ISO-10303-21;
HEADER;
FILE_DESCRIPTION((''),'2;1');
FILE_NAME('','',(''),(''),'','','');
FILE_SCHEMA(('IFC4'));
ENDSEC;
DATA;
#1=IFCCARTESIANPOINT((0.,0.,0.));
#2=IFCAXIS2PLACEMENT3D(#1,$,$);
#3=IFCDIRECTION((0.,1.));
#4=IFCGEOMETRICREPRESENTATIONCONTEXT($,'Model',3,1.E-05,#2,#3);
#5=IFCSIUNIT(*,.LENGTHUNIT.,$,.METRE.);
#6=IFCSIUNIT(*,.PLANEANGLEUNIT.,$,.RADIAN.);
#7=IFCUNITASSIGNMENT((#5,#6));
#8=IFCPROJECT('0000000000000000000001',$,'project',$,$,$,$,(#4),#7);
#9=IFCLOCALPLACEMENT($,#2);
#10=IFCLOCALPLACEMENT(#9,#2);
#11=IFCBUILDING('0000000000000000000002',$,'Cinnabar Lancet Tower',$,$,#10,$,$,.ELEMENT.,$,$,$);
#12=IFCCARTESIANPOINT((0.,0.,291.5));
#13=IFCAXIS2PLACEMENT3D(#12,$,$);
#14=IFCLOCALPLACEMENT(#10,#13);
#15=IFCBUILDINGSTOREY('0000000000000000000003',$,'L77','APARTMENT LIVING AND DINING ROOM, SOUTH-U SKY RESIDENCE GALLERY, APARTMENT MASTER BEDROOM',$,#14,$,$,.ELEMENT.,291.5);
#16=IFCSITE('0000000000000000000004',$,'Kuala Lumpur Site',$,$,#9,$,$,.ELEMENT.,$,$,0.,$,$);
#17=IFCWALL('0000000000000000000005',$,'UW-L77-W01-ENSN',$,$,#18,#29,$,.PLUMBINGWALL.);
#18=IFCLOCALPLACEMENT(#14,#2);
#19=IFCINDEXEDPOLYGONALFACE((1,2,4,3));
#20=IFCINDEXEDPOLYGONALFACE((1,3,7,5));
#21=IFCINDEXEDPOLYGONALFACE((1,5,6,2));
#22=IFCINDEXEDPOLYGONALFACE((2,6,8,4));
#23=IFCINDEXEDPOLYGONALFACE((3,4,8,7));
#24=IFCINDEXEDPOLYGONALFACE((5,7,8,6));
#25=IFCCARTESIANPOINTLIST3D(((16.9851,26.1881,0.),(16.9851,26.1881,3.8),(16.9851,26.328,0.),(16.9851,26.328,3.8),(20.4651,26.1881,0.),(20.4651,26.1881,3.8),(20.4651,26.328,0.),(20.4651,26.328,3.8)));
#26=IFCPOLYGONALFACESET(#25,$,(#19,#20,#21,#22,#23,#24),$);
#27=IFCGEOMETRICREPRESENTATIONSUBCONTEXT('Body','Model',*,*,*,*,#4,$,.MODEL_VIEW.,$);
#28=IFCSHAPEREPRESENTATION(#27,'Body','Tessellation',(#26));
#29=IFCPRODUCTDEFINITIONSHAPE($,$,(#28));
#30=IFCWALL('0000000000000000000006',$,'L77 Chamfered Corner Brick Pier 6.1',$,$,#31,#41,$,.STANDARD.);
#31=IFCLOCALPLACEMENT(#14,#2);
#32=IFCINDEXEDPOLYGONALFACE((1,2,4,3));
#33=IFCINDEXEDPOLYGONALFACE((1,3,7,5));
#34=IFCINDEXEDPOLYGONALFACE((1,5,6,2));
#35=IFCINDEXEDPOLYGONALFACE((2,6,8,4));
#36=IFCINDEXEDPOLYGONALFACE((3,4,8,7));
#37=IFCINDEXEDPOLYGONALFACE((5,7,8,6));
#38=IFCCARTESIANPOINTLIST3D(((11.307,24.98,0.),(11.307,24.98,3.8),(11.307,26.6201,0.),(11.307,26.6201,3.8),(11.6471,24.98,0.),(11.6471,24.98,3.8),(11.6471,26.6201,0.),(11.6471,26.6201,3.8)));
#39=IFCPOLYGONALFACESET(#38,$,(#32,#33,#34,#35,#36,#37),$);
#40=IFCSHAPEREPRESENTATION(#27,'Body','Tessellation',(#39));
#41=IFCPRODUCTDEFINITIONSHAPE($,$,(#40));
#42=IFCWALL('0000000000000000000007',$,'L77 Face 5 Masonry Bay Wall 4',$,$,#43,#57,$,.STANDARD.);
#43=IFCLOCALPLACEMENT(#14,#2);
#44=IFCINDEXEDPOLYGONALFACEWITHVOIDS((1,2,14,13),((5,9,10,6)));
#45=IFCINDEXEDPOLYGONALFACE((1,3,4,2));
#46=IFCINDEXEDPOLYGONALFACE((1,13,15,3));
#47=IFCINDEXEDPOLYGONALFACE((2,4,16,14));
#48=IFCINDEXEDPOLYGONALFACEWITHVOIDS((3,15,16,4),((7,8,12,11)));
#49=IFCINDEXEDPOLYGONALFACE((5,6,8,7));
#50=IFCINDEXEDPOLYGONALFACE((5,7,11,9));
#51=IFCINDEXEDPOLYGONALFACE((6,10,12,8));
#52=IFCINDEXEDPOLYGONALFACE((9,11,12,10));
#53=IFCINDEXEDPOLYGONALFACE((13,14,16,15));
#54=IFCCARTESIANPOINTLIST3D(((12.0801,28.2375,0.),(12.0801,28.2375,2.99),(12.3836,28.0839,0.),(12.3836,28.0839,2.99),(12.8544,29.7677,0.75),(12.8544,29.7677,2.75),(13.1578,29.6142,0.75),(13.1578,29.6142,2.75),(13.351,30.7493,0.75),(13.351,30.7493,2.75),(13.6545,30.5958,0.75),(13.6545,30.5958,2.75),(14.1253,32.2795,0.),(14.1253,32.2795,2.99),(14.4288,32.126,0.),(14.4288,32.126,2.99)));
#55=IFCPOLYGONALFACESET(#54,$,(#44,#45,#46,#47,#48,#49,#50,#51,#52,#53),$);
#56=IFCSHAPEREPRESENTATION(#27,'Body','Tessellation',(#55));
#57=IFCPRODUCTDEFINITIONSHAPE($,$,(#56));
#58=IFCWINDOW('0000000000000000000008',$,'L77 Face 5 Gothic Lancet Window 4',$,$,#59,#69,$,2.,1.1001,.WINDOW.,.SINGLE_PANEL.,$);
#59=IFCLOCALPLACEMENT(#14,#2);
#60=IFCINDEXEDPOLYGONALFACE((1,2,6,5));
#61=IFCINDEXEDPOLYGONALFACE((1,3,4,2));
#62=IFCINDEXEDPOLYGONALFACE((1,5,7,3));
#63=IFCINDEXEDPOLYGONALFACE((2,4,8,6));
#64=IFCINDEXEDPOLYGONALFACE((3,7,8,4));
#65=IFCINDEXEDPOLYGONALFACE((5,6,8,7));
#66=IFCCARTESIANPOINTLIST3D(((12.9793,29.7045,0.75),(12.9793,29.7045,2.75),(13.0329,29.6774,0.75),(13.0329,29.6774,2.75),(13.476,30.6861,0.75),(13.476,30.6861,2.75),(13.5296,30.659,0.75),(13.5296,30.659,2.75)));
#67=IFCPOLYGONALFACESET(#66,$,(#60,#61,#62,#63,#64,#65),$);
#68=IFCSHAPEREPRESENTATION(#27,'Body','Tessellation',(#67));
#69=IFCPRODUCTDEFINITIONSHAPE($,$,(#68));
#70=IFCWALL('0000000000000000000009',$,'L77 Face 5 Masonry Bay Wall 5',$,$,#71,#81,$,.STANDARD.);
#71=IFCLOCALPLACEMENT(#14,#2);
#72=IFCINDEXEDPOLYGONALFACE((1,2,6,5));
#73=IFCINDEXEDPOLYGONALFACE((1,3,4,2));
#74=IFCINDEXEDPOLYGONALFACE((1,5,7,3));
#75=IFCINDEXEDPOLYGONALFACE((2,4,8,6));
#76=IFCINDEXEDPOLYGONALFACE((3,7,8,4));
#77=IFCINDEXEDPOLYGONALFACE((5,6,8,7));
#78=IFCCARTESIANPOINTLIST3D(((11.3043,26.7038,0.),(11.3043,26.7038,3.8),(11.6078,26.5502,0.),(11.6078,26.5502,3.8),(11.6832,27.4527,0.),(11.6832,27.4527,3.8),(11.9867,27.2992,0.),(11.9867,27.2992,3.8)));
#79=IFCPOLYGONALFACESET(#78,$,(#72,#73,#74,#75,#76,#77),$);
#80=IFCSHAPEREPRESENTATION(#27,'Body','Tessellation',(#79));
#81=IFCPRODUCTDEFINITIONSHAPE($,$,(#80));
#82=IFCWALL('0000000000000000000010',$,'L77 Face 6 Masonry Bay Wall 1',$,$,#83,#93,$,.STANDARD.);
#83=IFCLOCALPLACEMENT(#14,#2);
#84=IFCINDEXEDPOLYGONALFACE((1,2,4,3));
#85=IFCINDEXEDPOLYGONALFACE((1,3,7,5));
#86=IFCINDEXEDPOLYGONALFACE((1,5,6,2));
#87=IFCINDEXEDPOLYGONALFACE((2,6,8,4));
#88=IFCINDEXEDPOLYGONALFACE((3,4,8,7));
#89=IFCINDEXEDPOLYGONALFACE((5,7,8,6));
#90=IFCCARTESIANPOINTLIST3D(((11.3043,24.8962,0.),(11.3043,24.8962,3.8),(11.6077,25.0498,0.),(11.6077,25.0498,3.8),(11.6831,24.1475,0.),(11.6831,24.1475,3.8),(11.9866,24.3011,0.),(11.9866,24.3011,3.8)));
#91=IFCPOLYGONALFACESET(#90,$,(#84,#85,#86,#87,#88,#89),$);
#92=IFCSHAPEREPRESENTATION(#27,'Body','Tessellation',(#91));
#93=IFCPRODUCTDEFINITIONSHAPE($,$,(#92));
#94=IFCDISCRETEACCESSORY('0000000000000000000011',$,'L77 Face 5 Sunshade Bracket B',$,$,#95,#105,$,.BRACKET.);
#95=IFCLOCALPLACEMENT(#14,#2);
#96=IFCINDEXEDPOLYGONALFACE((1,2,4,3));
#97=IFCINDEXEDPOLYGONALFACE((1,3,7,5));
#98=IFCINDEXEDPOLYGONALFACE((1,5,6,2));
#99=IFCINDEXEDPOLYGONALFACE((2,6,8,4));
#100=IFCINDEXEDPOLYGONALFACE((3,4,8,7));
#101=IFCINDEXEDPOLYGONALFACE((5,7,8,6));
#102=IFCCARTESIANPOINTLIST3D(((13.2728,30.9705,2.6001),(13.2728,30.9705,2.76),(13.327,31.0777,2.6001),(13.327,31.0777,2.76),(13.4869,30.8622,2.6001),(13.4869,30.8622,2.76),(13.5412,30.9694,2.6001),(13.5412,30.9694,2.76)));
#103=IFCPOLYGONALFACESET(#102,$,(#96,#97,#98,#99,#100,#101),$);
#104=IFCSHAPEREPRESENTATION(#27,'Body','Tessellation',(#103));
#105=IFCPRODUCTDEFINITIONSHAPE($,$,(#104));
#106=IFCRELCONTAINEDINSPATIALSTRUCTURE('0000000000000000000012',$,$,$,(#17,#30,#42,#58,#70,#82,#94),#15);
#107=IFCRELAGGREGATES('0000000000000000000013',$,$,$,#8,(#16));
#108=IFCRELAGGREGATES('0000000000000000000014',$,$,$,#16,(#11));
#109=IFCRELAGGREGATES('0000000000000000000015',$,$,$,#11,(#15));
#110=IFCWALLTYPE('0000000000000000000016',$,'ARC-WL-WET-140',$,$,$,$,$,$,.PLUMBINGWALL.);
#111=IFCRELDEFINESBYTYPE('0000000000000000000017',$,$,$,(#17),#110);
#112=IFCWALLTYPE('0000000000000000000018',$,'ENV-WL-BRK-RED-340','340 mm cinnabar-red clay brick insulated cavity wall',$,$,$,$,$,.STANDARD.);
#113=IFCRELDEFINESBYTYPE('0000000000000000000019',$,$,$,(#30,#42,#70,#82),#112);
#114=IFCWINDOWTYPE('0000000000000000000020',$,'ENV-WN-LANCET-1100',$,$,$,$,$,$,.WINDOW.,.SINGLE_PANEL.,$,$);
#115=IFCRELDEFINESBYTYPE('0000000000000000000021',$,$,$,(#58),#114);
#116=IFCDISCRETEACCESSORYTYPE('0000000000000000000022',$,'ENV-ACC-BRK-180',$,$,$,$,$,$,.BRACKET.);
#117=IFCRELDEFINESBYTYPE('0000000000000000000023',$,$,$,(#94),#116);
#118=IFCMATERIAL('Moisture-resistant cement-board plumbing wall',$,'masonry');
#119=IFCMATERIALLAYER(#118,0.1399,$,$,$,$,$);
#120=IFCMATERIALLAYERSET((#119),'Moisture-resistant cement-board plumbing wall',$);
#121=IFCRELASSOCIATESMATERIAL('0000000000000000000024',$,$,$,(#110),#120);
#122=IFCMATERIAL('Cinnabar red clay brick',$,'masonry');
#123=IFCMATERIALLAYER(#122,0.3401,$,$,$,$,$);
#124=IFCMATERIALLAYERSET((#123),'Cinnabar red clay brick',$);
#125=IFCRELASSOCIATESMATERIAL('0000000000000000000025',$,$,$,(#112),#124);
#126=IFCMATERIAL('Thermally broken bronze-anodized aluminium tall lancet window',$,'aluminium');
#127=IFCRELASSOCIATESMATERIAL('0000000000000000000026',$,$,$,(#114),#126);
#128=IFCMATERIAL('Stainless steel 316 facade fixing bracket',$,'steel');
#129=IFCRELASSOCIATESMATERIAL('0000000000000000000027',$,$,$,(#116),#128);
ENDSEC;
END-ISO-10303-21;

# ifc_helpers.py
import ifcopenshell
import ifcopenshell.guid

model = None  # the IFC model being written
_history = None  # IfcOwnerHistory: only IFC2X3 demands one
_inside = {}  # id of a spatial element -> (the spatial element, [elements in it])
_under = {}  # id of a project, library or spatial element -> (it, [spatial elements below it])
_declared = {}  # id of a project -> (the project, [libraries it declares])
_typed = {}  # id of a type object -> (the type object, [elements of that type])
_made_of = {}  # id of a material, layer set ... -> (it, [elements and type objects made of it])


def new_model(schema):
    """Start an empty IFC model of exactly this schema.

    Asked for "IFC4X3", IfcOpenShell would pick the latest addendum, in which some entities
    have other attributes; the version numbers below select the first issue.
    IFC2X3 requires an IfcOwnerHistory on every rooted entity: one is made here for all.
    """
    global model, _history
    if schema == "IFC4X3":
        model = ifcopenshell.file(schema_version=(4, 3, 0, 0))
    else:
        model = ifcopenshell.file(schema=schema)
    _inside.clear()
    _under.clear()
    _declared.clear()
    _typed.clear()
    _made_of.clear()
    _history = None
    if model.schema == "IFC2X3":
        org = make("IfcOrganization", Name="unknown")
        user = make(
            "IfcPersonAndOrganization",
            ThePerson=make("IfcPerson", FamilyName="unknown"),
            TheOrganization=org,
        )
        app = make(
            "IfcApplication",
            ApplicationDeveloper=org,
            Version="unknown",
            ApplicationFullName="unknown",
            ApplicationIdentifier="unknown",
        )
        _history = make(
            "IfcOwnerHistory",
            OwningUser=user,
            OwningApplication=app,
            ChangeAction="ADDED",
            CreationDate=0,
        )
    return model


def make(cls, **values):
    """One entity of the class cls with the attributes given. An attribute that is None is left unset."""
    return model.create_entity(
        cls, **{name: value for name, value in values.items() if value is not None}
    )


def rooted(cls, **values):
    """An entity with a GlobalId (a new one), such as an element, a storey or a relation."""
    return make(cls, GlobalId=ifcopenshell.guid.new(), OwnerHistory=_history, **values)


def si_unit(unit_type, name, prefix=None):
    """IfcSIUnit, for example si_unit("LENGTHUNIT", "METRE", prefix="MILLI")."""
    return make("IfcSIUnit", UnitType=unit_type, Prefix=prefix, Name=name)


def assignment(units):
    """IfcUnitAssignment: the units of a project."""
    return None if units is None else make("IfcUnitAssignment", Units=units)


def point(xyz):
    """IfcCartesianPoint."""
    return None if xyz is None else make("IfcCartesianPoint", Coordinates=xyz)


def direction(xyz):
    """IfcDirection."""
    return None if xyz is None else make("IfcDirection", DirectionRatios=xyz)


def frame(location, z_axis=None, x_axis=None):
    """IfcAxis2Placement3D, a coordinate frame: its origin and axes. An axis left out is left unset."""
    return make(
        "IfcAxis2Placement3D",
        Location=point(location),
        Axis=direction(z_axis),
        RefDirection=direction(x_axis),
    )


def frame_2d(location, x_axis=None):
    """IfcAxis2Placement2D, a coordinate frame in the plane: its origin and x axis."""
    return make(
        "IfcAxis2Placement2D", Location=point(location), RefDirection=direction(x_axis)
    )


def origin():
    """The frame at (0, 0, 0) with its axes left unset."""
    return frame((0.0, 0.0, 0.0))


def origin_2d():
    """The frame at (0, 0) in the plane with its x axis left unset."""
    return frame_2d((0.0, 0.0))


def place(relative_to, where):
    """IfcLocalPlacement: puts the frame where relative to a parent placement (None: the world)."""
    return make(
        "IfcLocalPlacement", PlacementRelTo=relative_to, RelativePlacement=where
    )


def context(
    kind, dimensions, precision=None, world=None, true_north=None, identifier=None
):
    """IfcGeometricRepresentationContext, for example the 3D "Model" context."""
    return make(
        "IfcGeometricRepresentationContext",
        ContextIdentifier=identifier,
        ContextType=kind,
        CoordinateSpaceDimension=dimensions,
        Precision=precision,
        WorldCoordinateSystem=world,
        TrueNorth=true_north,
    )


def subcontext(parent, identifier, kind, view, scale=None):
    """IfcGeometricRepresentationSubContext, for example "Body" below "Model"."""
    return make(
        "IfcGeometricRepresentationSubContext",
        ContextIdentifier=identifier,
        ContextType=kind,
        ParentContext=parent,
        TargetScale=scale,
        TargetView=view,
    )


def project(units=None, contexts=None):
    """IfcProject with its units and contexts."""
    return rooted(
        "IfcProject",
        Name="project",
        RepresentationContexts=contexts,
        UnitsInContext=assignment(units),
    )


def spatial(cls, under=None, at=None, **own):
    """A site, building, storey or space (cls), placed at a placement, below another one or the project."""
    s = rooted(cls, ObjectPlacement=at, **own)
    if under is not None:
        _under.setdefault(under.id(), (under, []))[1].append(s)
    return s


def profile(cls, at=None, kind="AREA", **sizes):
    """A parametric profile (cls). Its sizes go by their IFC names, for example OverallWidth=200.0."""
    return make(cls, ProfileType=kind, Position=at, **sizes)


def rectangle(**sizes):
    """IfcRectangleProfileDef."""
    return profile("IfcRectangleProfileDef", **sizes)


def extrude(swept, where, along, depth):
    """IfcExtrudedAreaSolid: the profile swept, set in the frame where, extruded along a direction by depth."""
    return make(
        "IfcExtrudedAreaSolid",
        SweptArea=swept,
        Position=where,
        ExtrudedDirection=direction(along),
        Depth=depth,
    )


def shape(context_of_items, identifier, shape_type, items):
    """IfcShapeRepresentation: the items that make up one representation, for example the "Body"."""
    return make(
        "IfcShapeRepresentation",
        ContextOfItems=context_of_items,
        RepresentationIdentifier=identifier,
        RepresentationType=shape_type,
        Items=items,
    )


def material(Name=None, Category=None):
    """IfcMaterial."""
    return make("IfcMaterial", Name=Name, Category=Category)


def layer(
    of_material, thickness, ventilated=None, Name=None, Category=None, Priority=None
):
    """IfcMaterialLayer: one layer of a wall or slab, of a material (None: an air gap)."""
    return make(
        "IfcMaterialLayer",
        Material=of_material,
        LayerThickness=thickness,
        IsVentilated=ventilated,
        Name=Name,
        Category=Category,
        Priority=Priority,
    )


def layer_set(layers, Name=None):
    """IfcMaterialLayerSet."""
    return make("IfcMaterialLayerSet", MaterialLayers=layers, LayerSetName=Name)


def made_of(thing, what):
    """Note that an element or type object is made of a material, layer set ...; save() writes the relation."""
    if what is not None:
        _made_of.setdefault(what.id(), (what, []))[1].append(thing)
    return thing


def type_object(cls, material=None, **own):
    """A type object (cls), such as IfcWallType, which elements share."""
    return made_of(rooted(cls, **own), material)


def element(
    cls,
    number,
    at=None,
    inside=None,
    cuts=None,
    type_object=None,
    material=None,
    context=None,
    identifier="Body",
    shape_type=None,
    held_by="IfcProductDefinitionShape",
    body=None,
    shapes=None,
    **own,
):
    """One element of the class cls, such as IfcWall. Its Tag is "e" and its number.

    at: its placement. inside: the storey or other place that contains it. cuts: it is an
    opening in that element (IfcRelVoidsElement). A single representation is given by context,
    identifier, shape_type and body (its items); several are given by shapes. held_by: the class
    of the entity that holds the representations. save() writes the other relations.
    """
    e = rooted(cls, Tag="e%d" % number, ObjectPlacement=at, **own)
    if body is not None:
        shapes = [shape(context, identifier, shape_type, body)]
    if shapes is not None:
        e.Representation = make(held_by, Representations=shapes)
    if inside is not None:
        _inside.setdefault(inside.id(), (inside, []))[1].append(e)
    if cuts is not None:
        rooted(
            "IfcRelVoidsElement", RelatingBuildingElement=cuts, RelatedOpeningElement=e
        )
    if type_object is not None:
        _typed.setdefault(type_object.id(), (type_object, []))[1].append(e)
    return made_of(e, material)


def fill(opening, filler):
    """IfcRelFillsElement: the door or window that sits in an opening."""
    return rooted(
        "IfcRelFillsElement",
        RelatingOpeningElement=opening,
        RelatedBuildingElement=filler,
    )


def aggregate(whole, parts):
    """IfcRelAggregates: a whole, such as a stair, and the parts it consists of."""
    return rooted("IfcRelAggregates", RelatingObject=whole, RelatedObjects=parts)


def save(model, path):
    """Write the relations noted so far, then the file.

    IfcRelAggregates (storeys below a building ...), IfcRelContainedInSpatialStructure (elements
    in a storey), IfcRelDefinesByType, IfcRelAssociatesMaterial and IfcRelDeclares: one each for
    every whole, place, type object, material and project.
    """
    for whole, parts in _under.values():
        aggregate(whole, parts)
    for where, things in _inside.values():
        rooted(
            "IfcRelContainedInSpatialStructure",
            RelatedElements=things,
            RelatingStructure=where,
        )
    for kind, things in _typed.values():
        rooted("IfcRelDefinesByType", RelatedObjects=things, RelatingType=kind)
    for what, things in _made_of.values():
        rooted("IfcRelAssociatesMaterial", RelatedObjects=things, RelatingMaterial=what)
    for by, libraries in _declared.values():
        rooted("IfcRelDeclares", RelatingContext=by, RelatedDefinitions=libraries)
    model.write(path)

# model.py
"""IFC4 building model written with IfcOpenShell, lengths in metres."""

from ifc_helpers import new_model, si_unit, direction, frame, frame_2d, origin, origin_2d, place, context, subcontext, project, spatial, rectangle, extrude, material, layer, layer_set, type_object, element, fill, save


model = new_model("IFC4")

# Units and contexts
model_context = context("Model", 3, precision=1e-05, world=origin(), true_north=direction((0.0, 1.0)))
body_context = subcontext(model_context, "Body", "Model", "MODEL_VIEW")
ifc_project = project(units=[si_unit("LENGTHUNIT", "METRE"), si_unit("PLANEANGLEUNIT", "RADIAN")], contexts=[model_context])

# Site, building, storey
site_placement = place(None, origin())
site = spatial("IfcSite", under=ifc_project, at=site_placement, Name="Kuala Lumpur Site", CompositionType="ELEMENT", RefElevation=0.0)
building_placement = place(site_placement, origin())
building = spatial("IfcBuilding", under=site, at=building_placement, Name="Cinnabar Lancet Tower", CompositionType="ELEMENT")
storey_placement = place(building_placement, frame((0.0, 0.0, 291.5)))
storey = spatial("IfcBuildingStorey", under=building, at=storey_placement, Name="L77", Description="APARTMENT LIVING AND DINING ROOM, SOUTH-U SKY RESIDENCE GALLERY, APARTMENT MASTER BEDROOM", CompositionType="ELEMENT", Elevation=291.5)

# Shared definitions
ifc_material_1 = material(Name="Moisture-resistant cement-board plumbing wall", Category="masonry")
ifc_layer_1 = layer(ifc_material_1, 0.1399)
ifc_layer_set_1 = layer_set([ifc_layer_1], Name="Moisture-resistant cement-board plumbing wall")
wall_type_1 = type_object("IfcWallType", Name="ARC-WL-WET-140", PredefinedType="PLUMBINGWALL", material=ifc_layer_set_1)

# Walls
wall_1_placement = place(storey_placement, frame((16.9851, 26.2581, 0.0), z_axis=(0.0, 0.0, 1.0), x_axis=(1.0, 0.0, 0.0)))
element("IfcWall", 1, at=wall_1_placement, inside=storey, type_object=wall_type_1, Name="UW-L77-W01-ENSN", PredefinedType="PLUMBINGWALL", context=body_context, shape_type="SweptSolid", body=[
    extrude(rectangle(XDim=3.48, YDim=0.1399, at=frame_2d((1.74, 0.0))), origin(), (0.0, 0.0, 1.0), 3.8),
])
ifc_material_2 = material(Name="Cinnabar red clay brick", Category="masonry")
ifc_layer_2 = layer(ifc_material_2, 0.3401)
ifc_layer_set_2 = layer_set([ifc_layer_2], Name="Cinnabar red clay brick")
wall_type_2 = type_object("IfcWallType", Name="ENV-WL-BRK-RED-340", Description="340 mm cinnabar-red clay brick insulated cavity wall", PredefinedType="STANDARD", material=ifc_layer_set_2)
wall_2_placement = place(storey_placement, frame((11.4771, 26.6201, 0.0), z_axis=(0.0, 0.0, 1.0), x_axis=(0.0, -1.0, 0.0)))
element("IfcWall", 2, at=wall_2_placement, inside=storey, type_object=wall_type_2, Name="L77 Chamfered Corner Brick Pier 6.1", PredefinedType="STANDARD", context=body_context, shape_type="SweptSolid", body=[
    extrude(rectangle(XDim=1.6401, YDim=0.3401, at=frame_2d((0.8201, 0.0))), origin(), (0.0, 0.0, 1.0), 3.8),
])

# Wall, opening, window
wall_3_placement = place(storey_placement, frame((14.2771, 32.2029, 0.0), z_axis=(0.0, 0.0, 1.0), x_axis=(-0.451477, -0.892283, 0.0)))
wall_3 = element("IfcWall", 3, at=wall_3_placement, inside=storey, type_object=wall_type_2, Name="L77 Face 5 Masonry Bay Wall 4", PredefinedType="STANDARD", context=body_context, shape_type="SweptSolid", body=[
    extrude(rectangle(XDim=4.53, YDim=0.3401, at=frame_2d((2.2651, 0.0))), origin(), (0.0, 0.0, 1.0), 2.99),
])
opening_1_placement = place(wall_3_placement, frame((1.7151, 0.0, 0.75)))
opening_1 = element("IfcOpeningElement", 4, at=opening_1_placement, cuts=wall_3, PredefinedType="OPENING", context=body_context, shape_type="SweptSolid", body=[
    extrude(rectangle(XDim=1.1001, YDim=2.0, at=frame_2d((0.55, 1.0))), frame((0.0, 0.1799, 0.0), z_axis=(0.0, -1.0, 0.0), x_axis=(1.0, 0.0, 0.0)), (0.0, 0.0, 1.0), 0.3601),
])
ifc_material_3 = material(Name="Thermally broken bronze-anodized aluminium tall lancet window", Category="aluminium")
window_type = type_object("IfcWindowType", Name="ENV-WN-LANCET-1100", PartitioningType="SINGLE_PANEL", PredefinedType="WINDOW", material=ifc_material_3)
window_placement = place(opening_1_placement, origin())
window = element("IfcWindow", 5, at=window_placement, inside=storey, type_object=window_type, Name="L77 Face 5 Gothic Lancet Window 4", OverallHeight=2.0, OverallWidth=1.1001, PartitioningType="SINGLE_PANEL", PredefinedType="WINDOW", context=body_context, shape_type="SweptSolid", body=[
    extrude(rectangle(XDim=1.1001, YDim=2.0, at=frame_2d((0.55, 1.0))), frame((0.0, 0.03, 0.0), z_axis=(0.0, -1.0, 0.0), x_axis=(1.0, 0.0, 0.0)), (0.0, 0.0, 1.0), 0.0601),
])
fill(opening_1, window)

# Walls
wall_4_placement = place(storey_placement, frame((11.835, 27.376, 0.0), z_axis=(0.0, 0.0, 1.0), x_axis=(-0.451397, -0.892323, 0.0)))
element("IfcWall", 6, at=wall_4_placement, inside=storey, type_object=wall_type_2, Name="L77 Face 5 Masonry Bay Wall 5", PredefinedType="STANDARD", context=body_context, shape_type="SweptSolid", body=[
    extrude(rectangle(XDim=0.8394, YDim=0.3401, at=frame_2d((0.4197, 0.0))), origin(), (0.0, 0.0, 1.0), 3.8),
])
wall_5_placement = place(storey_placement, frame((11.4561, 24.9729, 0.0), z_axis=(0.0, 0.0, 1.0), x_axis=(0.451514, -0.892264, 0.0)))
element("IfcWall", 7, at=wall_5_placement, inside=storey, type_object=wall_type_2, Name="L77 Face 6 Masonry Bay Wall 1", PredefinedType="STANDARD", context=body_context, shape_type="SweptSolid", body=[
    extrude(rectangle(XDim=0.8391, YDim=0.3401, at=frame_2d((0.4194, 0.0))), origin(), (0.0, 0.0, 1.0), 3.8),
])

# Discrete accessory
ifc_material_4 = material(Name="Stainless steel 316 facade fixing bracket", Category="steel")
discrete_accessory_type = type_object("IfcDiscreteAccessoryType", Name="ENV-ACC-BRK-180", PredefinedType="BRACKET", material=ifc_material_4)
discrete_accessory_placement = place(storey_placement, frame((13.407, 30.97, 2.6001), z_axis=(0.0, 0.0, 1.0), x_axis=(-0.451376, -0.892334, 0.0)))
element("IfcDiscreteAccessory", 8, at=discrete_accessory_placement, inside=storey, type_object=discrete_accessory_type, Name="L77 Face 5 Sunshade Bracket B", PredefinedType="BRACKET", context=body_context, shape_type="SweptSolid", body=[
    extrude(rectangle(XDim=0.1201, YDim=0.24, at=origin_2d()), origin(), (0.0, 0.0, 1.0), 0.1599),
])

save(model, "model.ifc")
